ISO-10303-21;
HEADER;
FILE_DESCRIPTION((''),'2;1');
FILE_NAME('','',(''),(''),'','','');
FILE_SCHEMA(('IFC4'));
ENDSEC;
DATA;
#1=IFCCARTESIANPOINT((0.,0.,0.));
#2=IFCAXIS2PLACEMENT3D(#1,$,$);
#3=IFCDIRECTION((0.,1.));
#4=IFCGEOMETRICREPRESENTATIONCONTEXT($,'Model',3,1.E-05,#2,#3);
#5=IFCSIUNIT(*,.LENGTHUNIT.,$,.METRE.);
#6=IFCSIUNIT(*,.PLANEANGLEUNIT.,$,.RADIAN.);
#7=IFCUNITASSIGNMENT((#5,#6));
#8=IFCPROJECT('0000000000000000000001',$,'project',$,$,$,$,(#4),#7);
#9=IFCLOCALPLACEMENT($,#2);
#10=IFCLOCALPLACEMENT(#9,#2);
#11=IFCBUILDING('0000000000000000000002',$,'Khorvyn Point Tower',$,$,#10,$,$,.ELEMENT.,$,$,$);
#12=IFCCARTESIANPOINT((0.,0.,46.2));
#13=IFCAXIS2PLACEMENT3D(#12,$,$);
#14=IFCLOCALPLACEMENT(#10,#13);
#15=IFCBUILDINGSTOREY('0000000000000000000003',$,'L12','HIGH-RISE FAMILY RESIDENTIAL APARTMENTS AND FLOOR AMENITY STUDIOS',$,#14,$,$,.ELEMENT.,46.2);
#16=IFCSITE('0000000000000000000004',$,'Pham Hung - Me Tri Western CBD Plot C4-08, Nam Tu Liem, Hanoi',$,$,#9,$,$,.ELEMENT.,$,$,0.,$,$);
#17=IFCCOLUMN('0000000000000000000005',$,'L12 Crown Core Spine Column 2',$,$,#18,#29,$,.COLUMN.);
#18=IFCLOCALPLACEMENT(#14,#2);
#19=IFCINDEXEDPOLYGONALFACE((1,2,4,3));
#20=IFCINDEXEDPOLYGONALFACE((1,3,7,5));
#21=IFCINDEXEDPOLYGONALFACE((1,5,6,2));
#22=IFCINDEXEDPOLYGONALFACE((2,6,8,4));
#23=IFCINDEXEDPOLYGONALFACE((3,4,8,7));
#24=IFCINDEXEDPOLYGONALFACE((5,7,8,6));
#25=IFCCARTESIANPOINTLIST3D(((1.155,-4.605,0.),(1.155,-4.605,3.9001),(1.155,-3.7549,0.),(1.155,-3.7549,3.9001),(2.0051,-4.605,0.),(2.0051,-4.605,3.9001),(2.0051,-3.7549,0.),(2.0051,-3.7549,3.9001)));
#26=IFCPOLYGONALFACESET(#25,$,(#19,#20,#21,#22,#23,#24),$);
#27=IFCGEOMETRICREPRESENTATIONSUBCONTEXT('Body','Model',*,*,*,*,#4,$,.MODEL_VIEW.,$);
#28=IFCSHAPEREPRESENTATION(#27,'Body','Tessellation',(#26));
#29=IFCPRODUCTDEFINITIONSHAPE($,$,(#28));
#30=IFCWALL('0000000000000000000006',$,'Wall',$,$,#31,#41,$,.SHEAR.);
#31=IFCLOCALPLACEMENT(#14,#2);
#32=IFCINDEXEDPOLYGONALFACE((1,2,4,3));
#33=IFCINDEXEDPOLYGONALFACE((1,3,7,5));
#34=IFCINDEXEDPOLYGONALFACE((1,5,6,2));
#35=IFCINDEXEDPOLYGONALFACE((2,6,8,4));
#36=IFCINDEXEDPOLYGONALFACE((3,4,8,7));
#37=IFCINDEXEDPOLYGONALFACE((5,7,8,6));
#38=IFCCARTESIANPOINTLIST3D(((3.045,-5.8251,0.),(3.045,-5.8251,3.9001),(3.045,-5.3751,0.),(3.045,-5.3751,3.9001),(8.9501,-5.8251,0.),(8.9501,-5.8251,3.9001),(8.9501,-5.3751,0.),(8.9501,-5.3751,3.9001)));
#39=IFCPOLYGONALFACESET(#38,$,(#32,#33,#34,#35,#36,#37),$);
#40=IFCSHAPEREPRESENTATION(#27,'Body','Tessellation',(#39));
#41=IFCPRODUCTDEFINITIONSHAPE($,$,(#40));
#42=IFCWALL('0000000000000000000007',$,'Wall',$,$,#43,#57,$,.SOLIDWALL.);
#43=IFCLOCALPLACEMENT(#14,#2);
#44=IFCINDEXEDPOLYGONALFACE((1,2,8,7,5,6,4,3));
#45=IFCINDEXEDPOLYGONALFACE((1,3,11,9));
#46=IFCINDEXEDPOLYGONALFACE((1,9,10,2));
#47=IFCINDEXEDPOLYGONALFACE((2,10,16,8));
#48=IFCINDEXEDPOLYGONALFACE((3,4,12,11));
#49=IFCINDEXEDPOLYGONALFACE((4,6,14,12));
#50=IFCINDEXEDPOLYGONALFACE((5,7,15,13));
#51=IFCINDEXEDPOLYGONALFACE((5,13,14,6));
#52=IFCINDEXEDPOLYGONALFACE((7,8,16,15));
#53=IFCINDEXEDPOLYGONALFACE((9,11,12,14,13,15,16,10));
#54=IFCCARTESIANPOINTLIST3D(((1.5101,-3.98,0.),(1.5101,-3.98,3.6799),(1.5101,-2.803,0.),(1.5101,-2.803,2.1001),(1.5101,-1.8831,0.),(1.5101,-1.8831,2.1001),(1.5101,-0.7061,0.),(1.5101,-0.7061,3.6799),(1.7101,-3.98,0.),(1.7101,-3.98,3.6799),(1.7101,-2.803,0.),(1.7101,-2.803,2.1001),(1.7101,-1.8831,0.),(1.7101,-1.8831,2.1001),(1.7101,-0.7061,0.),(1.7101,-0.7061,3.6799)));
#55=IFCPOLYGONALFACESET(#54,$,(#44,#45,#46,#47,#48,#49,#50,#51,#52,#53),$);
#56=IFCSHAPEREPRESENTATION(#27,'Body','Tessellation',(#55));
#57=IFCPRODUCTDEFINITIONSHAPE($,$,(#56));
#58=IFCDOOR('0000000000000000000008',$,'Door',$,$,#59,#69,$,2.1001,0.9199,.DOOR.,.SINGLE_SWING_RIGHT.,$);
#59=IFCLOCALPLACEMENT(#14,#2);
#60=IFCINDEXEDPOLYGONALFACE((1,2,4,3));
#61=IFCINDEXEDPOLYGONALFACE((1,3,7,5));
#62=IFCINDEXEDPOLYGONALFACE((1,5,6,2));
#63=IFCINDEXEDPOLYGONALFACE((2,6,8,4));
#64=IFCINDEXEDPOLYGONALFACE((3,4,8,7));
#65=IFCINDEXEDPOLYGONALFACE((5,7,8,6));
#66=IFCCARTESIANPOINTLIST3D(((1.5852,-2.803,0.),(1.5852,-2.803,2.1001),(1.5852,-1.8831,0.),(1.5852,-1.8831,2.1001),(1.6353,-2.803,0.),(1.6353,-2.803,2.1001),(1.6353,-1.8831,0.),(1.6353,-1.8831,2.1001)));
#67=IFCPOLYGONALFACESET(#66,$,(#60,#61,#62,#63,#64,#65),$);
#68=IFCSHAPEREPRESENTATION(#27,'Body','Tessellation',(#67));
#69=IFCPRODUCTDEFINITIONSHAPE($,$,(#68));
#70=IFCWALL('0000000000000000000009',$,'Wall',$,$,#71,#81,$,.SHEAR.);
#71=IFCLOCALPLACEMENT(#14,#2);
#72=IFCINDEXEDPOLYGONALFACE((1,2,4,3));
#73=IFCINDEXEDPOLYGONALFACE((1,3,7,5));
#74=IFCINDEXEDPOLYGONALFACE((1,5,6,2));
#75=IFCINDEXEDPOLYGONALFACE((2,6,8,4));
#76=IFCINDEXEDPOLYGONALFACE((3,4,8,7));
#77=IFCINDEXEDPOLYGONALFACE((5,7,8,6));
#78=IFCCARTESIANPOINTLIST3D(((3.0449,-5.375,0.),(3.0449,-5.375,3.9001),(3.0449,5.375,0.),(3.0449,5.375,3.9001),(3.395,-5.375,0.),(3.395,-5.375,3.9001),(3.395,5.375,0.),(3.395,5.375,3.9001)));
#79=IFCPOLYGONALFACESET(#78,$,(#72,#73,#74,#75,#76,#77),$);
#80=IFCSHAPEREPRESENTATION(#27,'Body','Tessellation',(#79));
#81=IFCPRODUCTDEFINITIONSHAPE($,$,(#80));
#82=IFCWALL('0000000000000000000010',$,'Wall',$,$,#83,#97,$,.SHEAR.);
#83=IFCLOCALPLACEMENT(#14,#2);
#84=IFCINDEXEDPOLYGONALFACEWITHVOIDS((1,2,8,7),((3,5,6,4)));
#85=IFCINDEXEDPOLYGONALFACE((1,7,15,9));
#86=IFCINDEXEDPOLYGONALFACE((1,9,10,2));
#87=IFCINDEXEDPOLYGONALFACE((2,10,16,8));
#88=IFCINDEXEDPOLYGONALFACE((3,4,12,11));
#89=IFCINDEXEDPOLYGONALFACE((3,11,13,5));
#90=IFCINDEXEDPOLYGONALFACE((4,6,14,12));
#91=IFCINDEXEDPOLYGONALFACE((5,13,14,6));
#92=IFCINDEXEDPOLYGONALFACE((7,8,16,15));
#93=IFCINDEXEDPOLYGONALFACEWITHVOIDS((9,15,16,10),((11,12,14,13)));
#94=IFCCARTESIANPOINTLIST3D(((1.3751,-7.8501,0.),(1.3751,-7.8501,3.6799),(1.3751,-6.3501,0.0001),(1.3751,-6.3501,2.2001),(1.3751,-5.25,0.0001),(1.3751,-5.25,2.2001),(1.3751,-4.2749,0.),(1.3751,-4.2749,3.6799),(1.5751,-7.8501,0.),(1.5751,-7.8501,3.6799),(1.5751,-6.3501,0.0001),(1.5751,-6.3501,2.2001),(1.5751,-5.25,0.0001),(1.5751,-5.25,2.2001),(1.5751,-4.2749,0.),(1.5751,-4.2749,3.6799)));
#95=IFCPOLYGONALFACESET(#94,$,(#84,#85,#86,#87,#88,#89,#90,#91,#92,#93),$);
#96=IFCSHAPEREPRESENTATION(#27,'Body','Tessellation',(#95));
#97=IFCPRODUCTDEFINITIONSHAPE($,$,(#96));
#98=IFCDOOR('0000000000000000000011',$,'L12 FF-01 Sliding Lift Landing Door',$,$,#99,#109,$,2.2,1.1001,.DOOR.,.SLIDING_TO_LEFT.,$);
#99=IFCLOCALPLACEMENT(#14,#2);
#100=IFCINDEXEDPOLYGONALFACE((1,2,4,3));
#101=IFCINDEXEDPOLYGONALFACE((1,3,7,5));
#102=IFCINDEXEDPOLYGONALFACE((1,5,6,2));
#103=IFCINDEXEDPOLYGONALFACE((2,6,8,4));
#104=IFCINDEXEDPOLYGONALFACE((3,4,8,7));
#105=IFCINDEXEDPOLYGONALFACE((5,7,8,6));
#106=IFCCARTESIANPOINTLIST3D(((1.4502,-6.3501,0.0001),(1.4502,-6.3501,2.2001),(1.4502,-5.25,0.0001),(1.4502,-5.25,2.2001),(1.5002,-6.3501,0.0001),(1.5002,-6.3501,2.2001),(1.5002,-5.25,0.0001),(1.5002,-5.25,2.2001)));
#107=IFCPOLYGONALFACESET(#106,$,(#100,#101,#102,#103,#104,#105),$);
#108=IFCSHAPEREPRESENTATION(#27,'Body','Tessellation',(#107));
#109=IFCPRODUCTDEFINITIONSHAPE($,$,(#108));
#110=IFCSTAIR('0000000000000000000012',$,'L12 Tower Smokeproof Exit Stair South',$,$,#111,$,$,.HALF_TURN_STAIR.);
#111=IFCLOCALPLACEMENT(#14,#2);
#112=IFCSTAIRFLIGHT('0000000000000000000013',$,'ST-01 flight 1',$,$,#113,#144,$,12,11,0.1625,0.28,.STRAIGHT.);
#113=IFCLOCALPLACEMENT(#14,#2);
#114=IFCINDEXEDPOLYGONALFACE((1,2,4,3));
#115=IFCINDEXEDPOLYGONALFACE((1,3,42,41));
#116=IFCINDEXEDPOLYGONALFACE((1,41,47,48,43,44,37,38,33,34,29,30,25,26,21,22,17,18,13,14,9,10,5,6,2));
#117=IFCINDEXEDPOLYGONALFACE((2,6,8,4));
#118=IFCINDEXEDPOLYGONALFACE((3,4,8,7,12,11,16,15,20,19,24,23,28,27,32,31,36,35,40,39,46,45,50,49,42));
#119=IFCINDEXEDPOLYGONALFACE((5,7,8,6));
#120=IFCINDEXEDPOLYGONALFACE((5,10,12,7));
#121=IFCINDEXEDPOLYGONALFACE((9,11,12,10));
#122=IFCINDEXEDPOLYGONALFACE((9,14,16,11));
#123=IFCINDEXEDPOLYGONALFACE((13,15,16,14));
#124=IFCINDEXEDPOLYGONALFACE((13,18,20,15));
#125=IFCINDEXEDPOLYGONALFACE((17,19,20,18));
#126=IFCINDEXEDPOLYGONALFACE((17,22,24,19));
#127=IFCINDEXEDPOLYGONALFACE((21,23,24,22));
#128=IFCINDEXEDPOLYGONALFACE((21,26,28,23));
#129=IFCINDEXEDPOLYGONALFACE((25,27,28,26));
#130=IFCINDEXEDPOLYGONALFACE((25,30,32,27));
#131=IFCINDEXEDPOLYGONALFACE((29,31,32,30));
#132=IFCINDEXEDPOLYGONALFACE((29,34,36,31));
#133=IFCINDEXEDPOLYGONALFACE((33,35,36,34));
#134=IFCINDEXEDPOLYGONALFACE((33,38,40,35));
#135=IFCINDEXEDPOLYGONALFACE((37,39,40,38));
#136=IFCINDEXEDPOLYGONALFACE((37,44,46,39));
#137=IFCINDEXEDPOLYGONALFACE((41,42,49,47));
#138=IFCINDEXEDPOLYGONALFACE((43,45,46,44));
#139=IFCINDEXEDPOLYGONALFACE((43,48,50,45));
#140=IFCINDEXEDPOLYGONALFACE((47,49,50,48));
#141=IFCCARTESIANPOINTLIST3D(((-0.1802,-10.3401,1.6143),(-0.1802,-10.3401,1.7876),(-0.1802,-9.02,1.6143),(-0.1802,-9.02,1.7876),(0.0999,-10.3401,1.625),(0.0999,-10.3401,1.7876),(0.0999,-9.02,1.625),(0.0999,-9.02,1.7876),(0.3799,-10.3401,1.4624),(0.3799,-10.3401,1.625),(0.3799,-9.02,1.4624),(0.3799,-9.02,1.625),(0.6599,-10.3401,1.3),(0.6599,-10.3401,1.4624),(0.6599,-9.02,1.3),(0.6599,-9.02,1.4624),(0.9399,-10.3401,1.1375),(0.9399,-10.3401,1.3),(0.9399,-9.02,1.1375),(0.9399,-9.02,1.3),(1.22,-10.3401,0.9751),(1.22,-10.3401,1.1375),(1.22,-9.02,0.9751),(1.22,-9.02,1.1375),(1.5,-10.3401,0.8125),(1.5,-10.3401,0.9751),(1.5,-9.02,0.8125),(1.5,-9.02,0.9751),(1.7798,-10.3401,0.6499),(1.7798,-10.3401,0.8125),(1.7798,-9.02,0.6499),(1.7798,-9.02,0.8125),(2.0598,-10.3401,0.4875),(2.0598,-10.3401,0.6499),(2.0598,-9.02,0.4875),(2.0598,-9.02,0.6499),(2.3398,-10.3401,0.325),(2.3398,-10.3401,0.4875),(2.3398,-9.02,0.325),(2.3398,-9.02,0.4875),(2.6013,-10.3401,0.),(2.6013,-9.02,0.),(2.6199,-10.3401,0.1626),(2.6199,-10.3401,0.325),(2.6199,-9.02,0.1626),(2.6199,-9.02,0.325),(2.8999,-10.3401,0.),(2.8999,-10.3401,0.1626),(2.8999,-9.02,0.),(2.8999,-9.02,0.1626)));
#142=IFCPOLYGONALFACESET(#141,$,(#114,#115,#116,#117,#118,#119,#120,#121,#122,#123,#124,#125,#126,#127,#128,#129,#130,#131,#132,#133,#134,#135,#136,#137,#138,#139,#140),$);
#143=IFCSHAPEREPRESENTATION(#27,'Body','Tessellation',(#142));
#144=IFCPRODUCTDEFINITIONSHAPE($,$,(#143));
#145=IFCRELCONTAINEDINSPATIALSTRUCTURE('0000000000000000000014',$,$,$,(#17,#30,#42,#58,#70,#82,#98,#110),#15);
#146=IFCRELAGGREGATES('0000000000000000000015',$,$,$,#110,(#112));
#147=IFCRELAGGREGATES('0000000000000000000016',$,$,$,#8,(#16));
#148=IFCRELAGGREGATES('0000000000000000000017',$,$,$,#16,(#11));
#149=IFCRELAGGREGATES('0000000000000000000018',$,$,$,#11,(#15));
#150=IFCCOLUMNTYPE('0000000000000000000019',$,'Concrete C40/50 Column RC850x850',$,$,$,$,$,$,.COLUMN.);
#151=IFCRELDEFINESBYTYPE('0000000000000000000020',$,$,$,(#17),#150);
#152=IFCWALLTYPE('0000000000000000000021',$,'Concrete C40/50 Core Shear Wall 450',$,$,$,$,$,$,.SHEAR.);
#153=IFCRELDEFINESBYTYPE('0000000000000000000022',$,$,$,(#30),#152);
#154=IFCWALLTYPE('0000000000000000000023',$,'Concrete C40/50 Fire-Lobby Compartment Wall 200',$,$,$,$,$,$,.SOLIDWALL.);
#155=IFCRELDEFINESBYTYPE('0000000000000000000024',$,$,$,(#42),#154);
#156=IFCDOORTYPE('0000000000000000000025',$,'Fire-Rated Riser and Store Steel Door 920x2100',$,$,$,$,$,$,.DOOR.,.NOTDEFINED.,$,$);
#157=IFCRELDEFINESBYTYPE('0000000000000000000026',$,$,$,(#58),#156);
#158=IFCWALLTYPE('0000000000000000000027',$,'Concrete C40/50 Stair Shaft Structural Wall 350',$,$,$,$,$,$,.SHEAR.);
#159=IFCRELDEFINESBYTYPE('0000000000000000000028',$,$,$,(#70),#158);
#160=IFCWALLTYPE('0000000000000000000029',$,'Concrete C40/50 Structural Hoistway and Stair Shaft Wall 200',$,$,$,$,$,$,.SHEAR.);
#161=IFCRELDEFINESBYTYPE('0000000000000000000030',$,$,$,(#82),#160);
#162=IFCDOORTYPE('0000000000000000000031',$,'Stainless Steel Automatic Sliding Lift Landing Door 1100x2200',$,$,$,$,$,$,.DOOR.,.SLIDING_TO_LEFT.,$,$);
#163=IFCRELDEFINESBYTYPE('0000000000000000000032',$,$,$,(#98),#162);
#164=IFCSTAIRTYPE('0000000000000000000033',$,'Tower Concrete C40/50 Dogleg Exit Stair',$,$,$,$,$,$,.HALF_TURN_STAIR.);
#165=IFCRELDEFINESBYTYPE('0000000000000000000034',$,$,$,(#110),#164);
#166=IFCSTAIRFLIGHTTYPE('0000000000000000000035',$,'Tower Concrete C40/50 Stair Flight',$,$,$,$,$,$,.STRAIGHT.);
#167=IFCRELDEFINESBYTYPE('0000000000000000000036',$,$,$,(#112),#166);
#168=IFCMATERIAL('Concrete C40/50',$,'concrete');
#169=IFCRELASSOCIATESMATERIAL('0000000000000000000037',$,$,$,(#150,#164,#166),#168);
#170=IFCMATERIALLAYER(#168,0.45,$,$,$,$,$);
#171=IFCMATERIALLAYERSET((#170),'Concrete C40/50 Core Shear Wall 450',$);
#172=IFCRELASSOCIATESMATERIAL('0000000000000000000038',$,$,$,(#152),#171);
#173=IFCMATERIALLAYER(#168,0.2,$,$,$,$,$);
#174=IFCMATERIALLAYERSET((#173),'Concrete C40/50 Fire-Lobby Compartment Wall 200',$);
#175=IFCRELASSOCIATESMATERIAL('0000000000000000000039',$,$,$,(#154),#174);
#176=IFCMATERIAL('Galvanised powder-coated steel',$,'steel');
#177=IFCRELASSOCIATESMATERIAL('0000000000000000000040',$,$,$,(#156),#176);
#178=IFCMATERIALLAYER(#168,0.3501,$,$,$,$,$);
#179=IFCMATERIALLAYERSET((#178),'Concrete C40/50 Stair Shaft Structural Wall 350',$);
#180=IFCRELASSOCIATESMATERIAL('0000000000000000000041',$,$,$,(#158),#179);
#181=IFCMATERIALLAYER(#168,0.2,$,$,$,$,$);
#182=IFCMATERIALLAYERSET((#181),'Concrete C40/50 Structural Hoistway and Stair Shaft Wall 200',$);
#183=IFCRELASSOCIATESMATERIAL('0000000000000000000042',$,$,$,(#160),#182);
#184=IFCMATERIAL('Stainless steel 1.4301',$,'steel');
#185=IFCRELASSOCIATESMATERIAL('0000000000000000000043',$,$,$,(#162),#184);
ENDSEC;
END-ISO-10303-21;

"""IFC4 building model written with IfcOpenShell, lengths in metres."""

from ifc_helpers import new_model, si_unit, direction, frame, frame_2d, origin, origin_2d, place, context, subcontext, project, spatial, polyline, rectangle, outline, extrude, material, layer, layer_set, material_profile, profile_set, type_object, element, fill, aggregate, save


model = new_model("IFC4")

# Units and contexts
model_context = context("Model", 3, precision=1e-05, world=origin(), true_north=direction((0.0, 1.0)))
body_context = subcontext(model_context, "Body", "Model", "MODEL_VIEW")
ifc_project = project(units=[si_unit("LENGTHUNIT", "METRE"), si_unit("PLANEANGLEUNIT", "RADIAN")], contexts=[model_context])

# Site, building, storey
site_placement = place(None, origin())
site = spatial("IfcSite", under=ifc_project, at=site_placement, Name="Pham Hung - Me Tri Western CBD Plot C4-08, Nam Tu Liem, Hanoi", CompositionType="ELEMENT", RefElevation=0.0)
building_placement = place(site_placement, origin())
building = spatial("IfcBuilding", under=site, at=building_placement, Name="Khorvyn Point Tower", CompositionType="ELEMENT")
storey_placement = place(building_placement, frame((0.0, 0.0, 46.2)))
storey = spatial("IfcBuildingStorey", under=building, at=storey_placement, Name="L12", Description="HIGH-RISE FAMILY RESIDENTIAL APARTMENTS AND FLOOR AMENITY STUDIOS", CompositionType="ELEMENT", Elevation=46.2)

# Column
ifc_material_1 = material(Name="Concrete C40/50", Category="concrete")
ifc_material_profile = material_profile(ifc_material_1, rectangle(XDim=0.8501, YDim=0.8501, at=origin_2d()))
ifc_profile_set = profile_set([ifc_material_profile], Name="Concrete C40/50 RC850x850")
column_type = type_object("IfcColumnType", Name="Concrete C40/50 Column RC850x850", PredefinedType="COLUMN", material=ifc_profile_set)
column_placement = place(storey_placement, frame((1.5801, -4.1799, 0.0), z_axis=(0.0, 0.0, 1.0), x_axis=(1.0, 0.0, 0.0)))
element("IfcColumn", 1, at=column_placement, inside=storey, type_object=column_type, Name="L12 Crown Core Spine Column 2", PredefinedType="COLUMN", context=body_context, shape_type="SweptSolid", body=[
    extrude(rectangle(XDim=0.8501, YDim=0.8501, at=origin_2d()), origin(), (0.0, 0.0, 1.0), 3.9001),
])

# Wall
ifc_layer_1 = layer(ifc_material_1, 0.45)
ifc_layer_set_1 = layer_set([ifc_layer_1], Name="Concrete C40/50 Core Shear Wall 450")
wall_type_1 = type_object("IfcWallType", Name="Concrete C40/50 Core Shear Wall 450", PredefinedType="SHEAR", material=ifc_layer_set_1)
wall_1_placement = place(storey_placement, frame((3.0449, -5.6001, 0.0), z_axis=(0.0, 0.0, 1.0), x_axis=(1.0, 0.0, 0.0)))
element("IfcWall", 2, at=wall_1_placement, inside=storey, type_object=wall_type_1, Name="Wall", PredefinedType="SHEAR", context=body_context, shape_type="SweptSolid", body=[
    extrude(rectangle(XDim=5.905, YDim=0.45, at=frame_2d((2.9526, 0.0))), origin(), (0.0, 0.0, 1.0), 3.9001),
])

# Wall, opening, door
ifc_layer_2 = layer(ifc_material_1, 0.2)
ifc_layer_set_2 = layer_set([ifc_layer_2], Name="Concrete C40/50 Fire-Lobby Compartment Wall 200")
wall_type_2 = type_object("IfcWallType", Name="Concrete C40/50 Fire-Lobby Compartment Wall 200", PredefinedType="SOLIDWALL", material=ifc_layer_set_2)
ifc_material_2 = material(Name="Galvanised powder-coated steel", Category="steel")
wall_2_placement = place(storey_placement, frame((1.6101, -3.98, 0.0), z_axis=(0.0, 0.0, 1.0), x_axis=(0.0, 1.0, 0.0)))
wall_2 = element("IfcWall", 3, at=wall_2_placement, inside=storey, type_object=wall_type_2, Name="Wall", PredefinedType="SOLIDWALL", context=body_context, shape_type="SweptSolid", body=[
    extrude(rectangle(XDim=3.2739, YDim=0.2, at=frame_2d((1.637, 0.0))), origin(), (0.0, 0.0, 1.0), 3.6799),
])
opening_1_placement = place(wall_2_placement, frame((1.177, 0.0, 0.0)))
opening_1 = element("IfcOpeningElement", 4, at=opening_1_placement, cuts=wall_2, PredefinedType="OPENING", context=body_context, shape_type="SweptSolid", body=[
    extrude(rectangle(XDim=0.9199, YDim=2.1001, at=frame_2d((0.46, 1.05))), frame((0.0, 0.1099, 0.0), z_axis=(0.0, -1.0, 0.0), x_axis=(1.0, 0.0, 0.0)), (0.0, 0.0, 1.0), 0.22),
])
door_type_1 = type_object("IfcDoorType", Name="Fire-Rated Riser and Store Steel Door 920x2100", OperationType="NOTDEFINED", PredefinedType="DOOR", material=ifc_material_2)
door_1_placement = place(opening_1_placement, origin())
door_1 = element("IfcDoor", 5, at=door_1_placement, inside=storey, type_object=door_type_1, Name="Door", OperationType="SINGLE_SWING_RIGHT", OverallHeight=2.1001, OverallWidth=0.9199, PredefinedType="DOOR", context=body_context, shape_type="SweptSolid", body=[
    extrude(rectangle(XDim=0.9199, YDim=2.1001, at=frame_2d((0.46, 1.05))), frame((0.0, 0.0249, 0.0), z_axis=(0.0, -1.0, 0.0), x_axis=(1.0, 0.0, 0.0)), (0.0, 0.0, 1.0), 0.05),
])
fill(opening_1, door_1)

# Wall
ifc_layer_3 = layer(ifc_material_1, 0.3501)
ifc_layer_set_3 = layer_set([ifc_layer_3], Name="Concrete C40/50 Stair Shaft Structural Wall 350")
wall_type_3 = type_object("IfcWallType", Name="Concrete C40/50 Stair Shaft Structural Wall 350", PredefinedType="SHEAR", material=ifc_layer_set_3)
wall_3_placement = place(storey_placement, frame((3.22, -5.375, 0.0), z_axis=(0.0, 0.0, 1.0), x_axis=(0.0, 1.0, 0.0)))
element("IfcWall", 6, at=wall_3_placement, inside=storey, type_object=wall_type_3, Name="Wall", PredefinedType="SHEAR", context=body_context, shape_type="SweptSolid", body=[
    extrude(rectangle(XDim=10.75, YDim=0.3501, at=frame_2d((5.375, 0.0))), origin(), (0.0, 0.0, 1.0), 3.9001),
])

# Wall, opening, door
ifc_layer_4 = layer(ifc_material_1, 0.2)
ifc_layer_set_4 = layer_set([ifc_layer_4], Name="Concrete C40/50 Structural Hoistway and Stair Shaft Wall 200")
wall_type_4 = type_object("IfcWallType", Name="Concrete C40/50 Structural Hoistway and Stair Shaft Wall 200", PredefinedType="SHEAR", material=ifc_layer_set_4)
wall_4_placement = place(storey_placement, frame((1.4751, -7.8501, 0.0), z_axis=(0.0, 0.0, 1.0), x_axis=(0.0, 1.0, 0.0)))
wall_4 = element("IfcWall", 7, at=wall_4_placement, inside=storey, type_object=wall_type_4, Name="Wall", PredefinedType="SHEAR", context=body_context, shape_type="SweptSolid", body=[
    extrude(rectangle(XDim=3.5752, YDim=0.2, at=frame_2d((1.7876, 0.0))), origin(), (0.0, 0.0, 1.0), 3.6799),
])
opening_2_placement = place(wall_4_placement, frame((1.5, 0.0, 0.0)))
opening_2 = element("IfcOpeningElement", 8, at=opening_2_placement, cuts=wall_4, PredefinedType="OPENING", context=body_context, shape_type="SweptSolid", body=[
    extrude(rectangle(XDim=1.1001, YDim=2.2, at=frame_2d((0.55, 1.1001))), frame((0.0, 0.1099, 0.0), z_axis=(0.0, -1.0, 0.0), x_axis=(1.0, 0.0, 0.0)), (0.0, 0.0, 1.0), 0.22),
])
ifc_material_3 = material(Name="Stainless steel 1.4301", Category="steel")
door_type_2 = type_object("IfcDoorType", Name="Stainless Steel Automatic Sliding Lift Landing Door 1100x2200", OperationType="SLIDING_TO_LEFT", PredefinedType="DOOR", material=ifc_material_3)
door_2_placement = place(opening_2_placement, origin())
door_2 = element("IfcDoor", 9, at=door_2_placement, inside=storey, type_object=door_type_2, Name="L12 FF-01 Sliding Lift Landing Door", OperationType="SLIDING_TO_LEFT", OverallHeight=2.2, OverallWidth=1.1001, PredefinedType="DOOR", context=body_context, shape_type="SweptSolid", body=[
    extrude(rectangle(XDim=1.1001, YDim=2.2, at=frame_2d((0.55, 1.1001))), frame((0.0, 0.0249, 0.0), z_axis=(0.0, -1.0, 0.0), x_axis=(1.0, 0.0, 0.0)), (0.0, 0.0, 1.0), 0.05),
])
fill(opening_2, door_2)

# Stair, stair flight
stair_type = type_object("IfcStairType", Name="Tower Concrete C40/50 Dogleg Exit Stair", PredefinedType="HALF_TURN_STAIR", material=ifc_material_1)
stair_placement = place(storey_placement, origin())
stair = element("IfcStair", 10, at=stair_placement, inside=storey, type_object=stair_type, Name="L12 Tower Smokeproof Exit Stair South", PredefinedType="HALF_TURN_STAIR")
stair_flight_type = type_object("IfcStairFlightType", Name="Tower Concrete C40/50 Stair Flight", PredefinedType="STRAIGHT", material=ifc_material_1)
stair_flight_placement = place(storey_placement, frame((2.8999, -9.6799, 0.0), z_axis=(0.0, 0.0, 1.0), x_axis=(-1.0, 0.0, 0.0)))
stair_flight = element("IfcStairFlight", 11, at=stair_flight_placement, type_object=stair_flight_type, Name="ST-01 flight 1", NumberOfRisers=12, NumberOfTreads=11, PredefinedType="STRAIGHT", RiserHeight=0.1625, TreadLength=0.28, context=body_context, shape_type="SweptSolid", body=[
    extrude(outline(polyline([(0.0, 0.0), (0.0, 0.1626), (0.28, 0.1626), (0.28, 0.325), (0.5601, 0.325), (0.5601, 0.4875), (0.8401, 0.4875), (0.8401, 0.6499), (1.1201, 0.6499), (1.1201, 0.8125), (1.3999, 0.8125), (1.3999, 0.9751), (1.6799, 0.9751), (1.6799, 1.1375), (1.96, 1.1375), (1.96, 1.3), (2.24, 1.3), (2.24, 1.4624), (2.52, 1.4624), (2.52, 1.625), (2.8, 1.625), (2.8, 1.7876), (3.0801, 1.7876), (3.0801, 1.95), (3.0801, 1.6143), (0.2986, 0.0), (0.0, 0.0)])), frame((0.0, 0.6602, 0.0), z_axis=(0.0, -1.0, 0.0), x_axis=(1.0, 0.0, 0.0)), (0.0, 0.0, 1.0), 1.3201),
])
aggregate(stair, [stair_flight])

save(model, "model.ifc")
